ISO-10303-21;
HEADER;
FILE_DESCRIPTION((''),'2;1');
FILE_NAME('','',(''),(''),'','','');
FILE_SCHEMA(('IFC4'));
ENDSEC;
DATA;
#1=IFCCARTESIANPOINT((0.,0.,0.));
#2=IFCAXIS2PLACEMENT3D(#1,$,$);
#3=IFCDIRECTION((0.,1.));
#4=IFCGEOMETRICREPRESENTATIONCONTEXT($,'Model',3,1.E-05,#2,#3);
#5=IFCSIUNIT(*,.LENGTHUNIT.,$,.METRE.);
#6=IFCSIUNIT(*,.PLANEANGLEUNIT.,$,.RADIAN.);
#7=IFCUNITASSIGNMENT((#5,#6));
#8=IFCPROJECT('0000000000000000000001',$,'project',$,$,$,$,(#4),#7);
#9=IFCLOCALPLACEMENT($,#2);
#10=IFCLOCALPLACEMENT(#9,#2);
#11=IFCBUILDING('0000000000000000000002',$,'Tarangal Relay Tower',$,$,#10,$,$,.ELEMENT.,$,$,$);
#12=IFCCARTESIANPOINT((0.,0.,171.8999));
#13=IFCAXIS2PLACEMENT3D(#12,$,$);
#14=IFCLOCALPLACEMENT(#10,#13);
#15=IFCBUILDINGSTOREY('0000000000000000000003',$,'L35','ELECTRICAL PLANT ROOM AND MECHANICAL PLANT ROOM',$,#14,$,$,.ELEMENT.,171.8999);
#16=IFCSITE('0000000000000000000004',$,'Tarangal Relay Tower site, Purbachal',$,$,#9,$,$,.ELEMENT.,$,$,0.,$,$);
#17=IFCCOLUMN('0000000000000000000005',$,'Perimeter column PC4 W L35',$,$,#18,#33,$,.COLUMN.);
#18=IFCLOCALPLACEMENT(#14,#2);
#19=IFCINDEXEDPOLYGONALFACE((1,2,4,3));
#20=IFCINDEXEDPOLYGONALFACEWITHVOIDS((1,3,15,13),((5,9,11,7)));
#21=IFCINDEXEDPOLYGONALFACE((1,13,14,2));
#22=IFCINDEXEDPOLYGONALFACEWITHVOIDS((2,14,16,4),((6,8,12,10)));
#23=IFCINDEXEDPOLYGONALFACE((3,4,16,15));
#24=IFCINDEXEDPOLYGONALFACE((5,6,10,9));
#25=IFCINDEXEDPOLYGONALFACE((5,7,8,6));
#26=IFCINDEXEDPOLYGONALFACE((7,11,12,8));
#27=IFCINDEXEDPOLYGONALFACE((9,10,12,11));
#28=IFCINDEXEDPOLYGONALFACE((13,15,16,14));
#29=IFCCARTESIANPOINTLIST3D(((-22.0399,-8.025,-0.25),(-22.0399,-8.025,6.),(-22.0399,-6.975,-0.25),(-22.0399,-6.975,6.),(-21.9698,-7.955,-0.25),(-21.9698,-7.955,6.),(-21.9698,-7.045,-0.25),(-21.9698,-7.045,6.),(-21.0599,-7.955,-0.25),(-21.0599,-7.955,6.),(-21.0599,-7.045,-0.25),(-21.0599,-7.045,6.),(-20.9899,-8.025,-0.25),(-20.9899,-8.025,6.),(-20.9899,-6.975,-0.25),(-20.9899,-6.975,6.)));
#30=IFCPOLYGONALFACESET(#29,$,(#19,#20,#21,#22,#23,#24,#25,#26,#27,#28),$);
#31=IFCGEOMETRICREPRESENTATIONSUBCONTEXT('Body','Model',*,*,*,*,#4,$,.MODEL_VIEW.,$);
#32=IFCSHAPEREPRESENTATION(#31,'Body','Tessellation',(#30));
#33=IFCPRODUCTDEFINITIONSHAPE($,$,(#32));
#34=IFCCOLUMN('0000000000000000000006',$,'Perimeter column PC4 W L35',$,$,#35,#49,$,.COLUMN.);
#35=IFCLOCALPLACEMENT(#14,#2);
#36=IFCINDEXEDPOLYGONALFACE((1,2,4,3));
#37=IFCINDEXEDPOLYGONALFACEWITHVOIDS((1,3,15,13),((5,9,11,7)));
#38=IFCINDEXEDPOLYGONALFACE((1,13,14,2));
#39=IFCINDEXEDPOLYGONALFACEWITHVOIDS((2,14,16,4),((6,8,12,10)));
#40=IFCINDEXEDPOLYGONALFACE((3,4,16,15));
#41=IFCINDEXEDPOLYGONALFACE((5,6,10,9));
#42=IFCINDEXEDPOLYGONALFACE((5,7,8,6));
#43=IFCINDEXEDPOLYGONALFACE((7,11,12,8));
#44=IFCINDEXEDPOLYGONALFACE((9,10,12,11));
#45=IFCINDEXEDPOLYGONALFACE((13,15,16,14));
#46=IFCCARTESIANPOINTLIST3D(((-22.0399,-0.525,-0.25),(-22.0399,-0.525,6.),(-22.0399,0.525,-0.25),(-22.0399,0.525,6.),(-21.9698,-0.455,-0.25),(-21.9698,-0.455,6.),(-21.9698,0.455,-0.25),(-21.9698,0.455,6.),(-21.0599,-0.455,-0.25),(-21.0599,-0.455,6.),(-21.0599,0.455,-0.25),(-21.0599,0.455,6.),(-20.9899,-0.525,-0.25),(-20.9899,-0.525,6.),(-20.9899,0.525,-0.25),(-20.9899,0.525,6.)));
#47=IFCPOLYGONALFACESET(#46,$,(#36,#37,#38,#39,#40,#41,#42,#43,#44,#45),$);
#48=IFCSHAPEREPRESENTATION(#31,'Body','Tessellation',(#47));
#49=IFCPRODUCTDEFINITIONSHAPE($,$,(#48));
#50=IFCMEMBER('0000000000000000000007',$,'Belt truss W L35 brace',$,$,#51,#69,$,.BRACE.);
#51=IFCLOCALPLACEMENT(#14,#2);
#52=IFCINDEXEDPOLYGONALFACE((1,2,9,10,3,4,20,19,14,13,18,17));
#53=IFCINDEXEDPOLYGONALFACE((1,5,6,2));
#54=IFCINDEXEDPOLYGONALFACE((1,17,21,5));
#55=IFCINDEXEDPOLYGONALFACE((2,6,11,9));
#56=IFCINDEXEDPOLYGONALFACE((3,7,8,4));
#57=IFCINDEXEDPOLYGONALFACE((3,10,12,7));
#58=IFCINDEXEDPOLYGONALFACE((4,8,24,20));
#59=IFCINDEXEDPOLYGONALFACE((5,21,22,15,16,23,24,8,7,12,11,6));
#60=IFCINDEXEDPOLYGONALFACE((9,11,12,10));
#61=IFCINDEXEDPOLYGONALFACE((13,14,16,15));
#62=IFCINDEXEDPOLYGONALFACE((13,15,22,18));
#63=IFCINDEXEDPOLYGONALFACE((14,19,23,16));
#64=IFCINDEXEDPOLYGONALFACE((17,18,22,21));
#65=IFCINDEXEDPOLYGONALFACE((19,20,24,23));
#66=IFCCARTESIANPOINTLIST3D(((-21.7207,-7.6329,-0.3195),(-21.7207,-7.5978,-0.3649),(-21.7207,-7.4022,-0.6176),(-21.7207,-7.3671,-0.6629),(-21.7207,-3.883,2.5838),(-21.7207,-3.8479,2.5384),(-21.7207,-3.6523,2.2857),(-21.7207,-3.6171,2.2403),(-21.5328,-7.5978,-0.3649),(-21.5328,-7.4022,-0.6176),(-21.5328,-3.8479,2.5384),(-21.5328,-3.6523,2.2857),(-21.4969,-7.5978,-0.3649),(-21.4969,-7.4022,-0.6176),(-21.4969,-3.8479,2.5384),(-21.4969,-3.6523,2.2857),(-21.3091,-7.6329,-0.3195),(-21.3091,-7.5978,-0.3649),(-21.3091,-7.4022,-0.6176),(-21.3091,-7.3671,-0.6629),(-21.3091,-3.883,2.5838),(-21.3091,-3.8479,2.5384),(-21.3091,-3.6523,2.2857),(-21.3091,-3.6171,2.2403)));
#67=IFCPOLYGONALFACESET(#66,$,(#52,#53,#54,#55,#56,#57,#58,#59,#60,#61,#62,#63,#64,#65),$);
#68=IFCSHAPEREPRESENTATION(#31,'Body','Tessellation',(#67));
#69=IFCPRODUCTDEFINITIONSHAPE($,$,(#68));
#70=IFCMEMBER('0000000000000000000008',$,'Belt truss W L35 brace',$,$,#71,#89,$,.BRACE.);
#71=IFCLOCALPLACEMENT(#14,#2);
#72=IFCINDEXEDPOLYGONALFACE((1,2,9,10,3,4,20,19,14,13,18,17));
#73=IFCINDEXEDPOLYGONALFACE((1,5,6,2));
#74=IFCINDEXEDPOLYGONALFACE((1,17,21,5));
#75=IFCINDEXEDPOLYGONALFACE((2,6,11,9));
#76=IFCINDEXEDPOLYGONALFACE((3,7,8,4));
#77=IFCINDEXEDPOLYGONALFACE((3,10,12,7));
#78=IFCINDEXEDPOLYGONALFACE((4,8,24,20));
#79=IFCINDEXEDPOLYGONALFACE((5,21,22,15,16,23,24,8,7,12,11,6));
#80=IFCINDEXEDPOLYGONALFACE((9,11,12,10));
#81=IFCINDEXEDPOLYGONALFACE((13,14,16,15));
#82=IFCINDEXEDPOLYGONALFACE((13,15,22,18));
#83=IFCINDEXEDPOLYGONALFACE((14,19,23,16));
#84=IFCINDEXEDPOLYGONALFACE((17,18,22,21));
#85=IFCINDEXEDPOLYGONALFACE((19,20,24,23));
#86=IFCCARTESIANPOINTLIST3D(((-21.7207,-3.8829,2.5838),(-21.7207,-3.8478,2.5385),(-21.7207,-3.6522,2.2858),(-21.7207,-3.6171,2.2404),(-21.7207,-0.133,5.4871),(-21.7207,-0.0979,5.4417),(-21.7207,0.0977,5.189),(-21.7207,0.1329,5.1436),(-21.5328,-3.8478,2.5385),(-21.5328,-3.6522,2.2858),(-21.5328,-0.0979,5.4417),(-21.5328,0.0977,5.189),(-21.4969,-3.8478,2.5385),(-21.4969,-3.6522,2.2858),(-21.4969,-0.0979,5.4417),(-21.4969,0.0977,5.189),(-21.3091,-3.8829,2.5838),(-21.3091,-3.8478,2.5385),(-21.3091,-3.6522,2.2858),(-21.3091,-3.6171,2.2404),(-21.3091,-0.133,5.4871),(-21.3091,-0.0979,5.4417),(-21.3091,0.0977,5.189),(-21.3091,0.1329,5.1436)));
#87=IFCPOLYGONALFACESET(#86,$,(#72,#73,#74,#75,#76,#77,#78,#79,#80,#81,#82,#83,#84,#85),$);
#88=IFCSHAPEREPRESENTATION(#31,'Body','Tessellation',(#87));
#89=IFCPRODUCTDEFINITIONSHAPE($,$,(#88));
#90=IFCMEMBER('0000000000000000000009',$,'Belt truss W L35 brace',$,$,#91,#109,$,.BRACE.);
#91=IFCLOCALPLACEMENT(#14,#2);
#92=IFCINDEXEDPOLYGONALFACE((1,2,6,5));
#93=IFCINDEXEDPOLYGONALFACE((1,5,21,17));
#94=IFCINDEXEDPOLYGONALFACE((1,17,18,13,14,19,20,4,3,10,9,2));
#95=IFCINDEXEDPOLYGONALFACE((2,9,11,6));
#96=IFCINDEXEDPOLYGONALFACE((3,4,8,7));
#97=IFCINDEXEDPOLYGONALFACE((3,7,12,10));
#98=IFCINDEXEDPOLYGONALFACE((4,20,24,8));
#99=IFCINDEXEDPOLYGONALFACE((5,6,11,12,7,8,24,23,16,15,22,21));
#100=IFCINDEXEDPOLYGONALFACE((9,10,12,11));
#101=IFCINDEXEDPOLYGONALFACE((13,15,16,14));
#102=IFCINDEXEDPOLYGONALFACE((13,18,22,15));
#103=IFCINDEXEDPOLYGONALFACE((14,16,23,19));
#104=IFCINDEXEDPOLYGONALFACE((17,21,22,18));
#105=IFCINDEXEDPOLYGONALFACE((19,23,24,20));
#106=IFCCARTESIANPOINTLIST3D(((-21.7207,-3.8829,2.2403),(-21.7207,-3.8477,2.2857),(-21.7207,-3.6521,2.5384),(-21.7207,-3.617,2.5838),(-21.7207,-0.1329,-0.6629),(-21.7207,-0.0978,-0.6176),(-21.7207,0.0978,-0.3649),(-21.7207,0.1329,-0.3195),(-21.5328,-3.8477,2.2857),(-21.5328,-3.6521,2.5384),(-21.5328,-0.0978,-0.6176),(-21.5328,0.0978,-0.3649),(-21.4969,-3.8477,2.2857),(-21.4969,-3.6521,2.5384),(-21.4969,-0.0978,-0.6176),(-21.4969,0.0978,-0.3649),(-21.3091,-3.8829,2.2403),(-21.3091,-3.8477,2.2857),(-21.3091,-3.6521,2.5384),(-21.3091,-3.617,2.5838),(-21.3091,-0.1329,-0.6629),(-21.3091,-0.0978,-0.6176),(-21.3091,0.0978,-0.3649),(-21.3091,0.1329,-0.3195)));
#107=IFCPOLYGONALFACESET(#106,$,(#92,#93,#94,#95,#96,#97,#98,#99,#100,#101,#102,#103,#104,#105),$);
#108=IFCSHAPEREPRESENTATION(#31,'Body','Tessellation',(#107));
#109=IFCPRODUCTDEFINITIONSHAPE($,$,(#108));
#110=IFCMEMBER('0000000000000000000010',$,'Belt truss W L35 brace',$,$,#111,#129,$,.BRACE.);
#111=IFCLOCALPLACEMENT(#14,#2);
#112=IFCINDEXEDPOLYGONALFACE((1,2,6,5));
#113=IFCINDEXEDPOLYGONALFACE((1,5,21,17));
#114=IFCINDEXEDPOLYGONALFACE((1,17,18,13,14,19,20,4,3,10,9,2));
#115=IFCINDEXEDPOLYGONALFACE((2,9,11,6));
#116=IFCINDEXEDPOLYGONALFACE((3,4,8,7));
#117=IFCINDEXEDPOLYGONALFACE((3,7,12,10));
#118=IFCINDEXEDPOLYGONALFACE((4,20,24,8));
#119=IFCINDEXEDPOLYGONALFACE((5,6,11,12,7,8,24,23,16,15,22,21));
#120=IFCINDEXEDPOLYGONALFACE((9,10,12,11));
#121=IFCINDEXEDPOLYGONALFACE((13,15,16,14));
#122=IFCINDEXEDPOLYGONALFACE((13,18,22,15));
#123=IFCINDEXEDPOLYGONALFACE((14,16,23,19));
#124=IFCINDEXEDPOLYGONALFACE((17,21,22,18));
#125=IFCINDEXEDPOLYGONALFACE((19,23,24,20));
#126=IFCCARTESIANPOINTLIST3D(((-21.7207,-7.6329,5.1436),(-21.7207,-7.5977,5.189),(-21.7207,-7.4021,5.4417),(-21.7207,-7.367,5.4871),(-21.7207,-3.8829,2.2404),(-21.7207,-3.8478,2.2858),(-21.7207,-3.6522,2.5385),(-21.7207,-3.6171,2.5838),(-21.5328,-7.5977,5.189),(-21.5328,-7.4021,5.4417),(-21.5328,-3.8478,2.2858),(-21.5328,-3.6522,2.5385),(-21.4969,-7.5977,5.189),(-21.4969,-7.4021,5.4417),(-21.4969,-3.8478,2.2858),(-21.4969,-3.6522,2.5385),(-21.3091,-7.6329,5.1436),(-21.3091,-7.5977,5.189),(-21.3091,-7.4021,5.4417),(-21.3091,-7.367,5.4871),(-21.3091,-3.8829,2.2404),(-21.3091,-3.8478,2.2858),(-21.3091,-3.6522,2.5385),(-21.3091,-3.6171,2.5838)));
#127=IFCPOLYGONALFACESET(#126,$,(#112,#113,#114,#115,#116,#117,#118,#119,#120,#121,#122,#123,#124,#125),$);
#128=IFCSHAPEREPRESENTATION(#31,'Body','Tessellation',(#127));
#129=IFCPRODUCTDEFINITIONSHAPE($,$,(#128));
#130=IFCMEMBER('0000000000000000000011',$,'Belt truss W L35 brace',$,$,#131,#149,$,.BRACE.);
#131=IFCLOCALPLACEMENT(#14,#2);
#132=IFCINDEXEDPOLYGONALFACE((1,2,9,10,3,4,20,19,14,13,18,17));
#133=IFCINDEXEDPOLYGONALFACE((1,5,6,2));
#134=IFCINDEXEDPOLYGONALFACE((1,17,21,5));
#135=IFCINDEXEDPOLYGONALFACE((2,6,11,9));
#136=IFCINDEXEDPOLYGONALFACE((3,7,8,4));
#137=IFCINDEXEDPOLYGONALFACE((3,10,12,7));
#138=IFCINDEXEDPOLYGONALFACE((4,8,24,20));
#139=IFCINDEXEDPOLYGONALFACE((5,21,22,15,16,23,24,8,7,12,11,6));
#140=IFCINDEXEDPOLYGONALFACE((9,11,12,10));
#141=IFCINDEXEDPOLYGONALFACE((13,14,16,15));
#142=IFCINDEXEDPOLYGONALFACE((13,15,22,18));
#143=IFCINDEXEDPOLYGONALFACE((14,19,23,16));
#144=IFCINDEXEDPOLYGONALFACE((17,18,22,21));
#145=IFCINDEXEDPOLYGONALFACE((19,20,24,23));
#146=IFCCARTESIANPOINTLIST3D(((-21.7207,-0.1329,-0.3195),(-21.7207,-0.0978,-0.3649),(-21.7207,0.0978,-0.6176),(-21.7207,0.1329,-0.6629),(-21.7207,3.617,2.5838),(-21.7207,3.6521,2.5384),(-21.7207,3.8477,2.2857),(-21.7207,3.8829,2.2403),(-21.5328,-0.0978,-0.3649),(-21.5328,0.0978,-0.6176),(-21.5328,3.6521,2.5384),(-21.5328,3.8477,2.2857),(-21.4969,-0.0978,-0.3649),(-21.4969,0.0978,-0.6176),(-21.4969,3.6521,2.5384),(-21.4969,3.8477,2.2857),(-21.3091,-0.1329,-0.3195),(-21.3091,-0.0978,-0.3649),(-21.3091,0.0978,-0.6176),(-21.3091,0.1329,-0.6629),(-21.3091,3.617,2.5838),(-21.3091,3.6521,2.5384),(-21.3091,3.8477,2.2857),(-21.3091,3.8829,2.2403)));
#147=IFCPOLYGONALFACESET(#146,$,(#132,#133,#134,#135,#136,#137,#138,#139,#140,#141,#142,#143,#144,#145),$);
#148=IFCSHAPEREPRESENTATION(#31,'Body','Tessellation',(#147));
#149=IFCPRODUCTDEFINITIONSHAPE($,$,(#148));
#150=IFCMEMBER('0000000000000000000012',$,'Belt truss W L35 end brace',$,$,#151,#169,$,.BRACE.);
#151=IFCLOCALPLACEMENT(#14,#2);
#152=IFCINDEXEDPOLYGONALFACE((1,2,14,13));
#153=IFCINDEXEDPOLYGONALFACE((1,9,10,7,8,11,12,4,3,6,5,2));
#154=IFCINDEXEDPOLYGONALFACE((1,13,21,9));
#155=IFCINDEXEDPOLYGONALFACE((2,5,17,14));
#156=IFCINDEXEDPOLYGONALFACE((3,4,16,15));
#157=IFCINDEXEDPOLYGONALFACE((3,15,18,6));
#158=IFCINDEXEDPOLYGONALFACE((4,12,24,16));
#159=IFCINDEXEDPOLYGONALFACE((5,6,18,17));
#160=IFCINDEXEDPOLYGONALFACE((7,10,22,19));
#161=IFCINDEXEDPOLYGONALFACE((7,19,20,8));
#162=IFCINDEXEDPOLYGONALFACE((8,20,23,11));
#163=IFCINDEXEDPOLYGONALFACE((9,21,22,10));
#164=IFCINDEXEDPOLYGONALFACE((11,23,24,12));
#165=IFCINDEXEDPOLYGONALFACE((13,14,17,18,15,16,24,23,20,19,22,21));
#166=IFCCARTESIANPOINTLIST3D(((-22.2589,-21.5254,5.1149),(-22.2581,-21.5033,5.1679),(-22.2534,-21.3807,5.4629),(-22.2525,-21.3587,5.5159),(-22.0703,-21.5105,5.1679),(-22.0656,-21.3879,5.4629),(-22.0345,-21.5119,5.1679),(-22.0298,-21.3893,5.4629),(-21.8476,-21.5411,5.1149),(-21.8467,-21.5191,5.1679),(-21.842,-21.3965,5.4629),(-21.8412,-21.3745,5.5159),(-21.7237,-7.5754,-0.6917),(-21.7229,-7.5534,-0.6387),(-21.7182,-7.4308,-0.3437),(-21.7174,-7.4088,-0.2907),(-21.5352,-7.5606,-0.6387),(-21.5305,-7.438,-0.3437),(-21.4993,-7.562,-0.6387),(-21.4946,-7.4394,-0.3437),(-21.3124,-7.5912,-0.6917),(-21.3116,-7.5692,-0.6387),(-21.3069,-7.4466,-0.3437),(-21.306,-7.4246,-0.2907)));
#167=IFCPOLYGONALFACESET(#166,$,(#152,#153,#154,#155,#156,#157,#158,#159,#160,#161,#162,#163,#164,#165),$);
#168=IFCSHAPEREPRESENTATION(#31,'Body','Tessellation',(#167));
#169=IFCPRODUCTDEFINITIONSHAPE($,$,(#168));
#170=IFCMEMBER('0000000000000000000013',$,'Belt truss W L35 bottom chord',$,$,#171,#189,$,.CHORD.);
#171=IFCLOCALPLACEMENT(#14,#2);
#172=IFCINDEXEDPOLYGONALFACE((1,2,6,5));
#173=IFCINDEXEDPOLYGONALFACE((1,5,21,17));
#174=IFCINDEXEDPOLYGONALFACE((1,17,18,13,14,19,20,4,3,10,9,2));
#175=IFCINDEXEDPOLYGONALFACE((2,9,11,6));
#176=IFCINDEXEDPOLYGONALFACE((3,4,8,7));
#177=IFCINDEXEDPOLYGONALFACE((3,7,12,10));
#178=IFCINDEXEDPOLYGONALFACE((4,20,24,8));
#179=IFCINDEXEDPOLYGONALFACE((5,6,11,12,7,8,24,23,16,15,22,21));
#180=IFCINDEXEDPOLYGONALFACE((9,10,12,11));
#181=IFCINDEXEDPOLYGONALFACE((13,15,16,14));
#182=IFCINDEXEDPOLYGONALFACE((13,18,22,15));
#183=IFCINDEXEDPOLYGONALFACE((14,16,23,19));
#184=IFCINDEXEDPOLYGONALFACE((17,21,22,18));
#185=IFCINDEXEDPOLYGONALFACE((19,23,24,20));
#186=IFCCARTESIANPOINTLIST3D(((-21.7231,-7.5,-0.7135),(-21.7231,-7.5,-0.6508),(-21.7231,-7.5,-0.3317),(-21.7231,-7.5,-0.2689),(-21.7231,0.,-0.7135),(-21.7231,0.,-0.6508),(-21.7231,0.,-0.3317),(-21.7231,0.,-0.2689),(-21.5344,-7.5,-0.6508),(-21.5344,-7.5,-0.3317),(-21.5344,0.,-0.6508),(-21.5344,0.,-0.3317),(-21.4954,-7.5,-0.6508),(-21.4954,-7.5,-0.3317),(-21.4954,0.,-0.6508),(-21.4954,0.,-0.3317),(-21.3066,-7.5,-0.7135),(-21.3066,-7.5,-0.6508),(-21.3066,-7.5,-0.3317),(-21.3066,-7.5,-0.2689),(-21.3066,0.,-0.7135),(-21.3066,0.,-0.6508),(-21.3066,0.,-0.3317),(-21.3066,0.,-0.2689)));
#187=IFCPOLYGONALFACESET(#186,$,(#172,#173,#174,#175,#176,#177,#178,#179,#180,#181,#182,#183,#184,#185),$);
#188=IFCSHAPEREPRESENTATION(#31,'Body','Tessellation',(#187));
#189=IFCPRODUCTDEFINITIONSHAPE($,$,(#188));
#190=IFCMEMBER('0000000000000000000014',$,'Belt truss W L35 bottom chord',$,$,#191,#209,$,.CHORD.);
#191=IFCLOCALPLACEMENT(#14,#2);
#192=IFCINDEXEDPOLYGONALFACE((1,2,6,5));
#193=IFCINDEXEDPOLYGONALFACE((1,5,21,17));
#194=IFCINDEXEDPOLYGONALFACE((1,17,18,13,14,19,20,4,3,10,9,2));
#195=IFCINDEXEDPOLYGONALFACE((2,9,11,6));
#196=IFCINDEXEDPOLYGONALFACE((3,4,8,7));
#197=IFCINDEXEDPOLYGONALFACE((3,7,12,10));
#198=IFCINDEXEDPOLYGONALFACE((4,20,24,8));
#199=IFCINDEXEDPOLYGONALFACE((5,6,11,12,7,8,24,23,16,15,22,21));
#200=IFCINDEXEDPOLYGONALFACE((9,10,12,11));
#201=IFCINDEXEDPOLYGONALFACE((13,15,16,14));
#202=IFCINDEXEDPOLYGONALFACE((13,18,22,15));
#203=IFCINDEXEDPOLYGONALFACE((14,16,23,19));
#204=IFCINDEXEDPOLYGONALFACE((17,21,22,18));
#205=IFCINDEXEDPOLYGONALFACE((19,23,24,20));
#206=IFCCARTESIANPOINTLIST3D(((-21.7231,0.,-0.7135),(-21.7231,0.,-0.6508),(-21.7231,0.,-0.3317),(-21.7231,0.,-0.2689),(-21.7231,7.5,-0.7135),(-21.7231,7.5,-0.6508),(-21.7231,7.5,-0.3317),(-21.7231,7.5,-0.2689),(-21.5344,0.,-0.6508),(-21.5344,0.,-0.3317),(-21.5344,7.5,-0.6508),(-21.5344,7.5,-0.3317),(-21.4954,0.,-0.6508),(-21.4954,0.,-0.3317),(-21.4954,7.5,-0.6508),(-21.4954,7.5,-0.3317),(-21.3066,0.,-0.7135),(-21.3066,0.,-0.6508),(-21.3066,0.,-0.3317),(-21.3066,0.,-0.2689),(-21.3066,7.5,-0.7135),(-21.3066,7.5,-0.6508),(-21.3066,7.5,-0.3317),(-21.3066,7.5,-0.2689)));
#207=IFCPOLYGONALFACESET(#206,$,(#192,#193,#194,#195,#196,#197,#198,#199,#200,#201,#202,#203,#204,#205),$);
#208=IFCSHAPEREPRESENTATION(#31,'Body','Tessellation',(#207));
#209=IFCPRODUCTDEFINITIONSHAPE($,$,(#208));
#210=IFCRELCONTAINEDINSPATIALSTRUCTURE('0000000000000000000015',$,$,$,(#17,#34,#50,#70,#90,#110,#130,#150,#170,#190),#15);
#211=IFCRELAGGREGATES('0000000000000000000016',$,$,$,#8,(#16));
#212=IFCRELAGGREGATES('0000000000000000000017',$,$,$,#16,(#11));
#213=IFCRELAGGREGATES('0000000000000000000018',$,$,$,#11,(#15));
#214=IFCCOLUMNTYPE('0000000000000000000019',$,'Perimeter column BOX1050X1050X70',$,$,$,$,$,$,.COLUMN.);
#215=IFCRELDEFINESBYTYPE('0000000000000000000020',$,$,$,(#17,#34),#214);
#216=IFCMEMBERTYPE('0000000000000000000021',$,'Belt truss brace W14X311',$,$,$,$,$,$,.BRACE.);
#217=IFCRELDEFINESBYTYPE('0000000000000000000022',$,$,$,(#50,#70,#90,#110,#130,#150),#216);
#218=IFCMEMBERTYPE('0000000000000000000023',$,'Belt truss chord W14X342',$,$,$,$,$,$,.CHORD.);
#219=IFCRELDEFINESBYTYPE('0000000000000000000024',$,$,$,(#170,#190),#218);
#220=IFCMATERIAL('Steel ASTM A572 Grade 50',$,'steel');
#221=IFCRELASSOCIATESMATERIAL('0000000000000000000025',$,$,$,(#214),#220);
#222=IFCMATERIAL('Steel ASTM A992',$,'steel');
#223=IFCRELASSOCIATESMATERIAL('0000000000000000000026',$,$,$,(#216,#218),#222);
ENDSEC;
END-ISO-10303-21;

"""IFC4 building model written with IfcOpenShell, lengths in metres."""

from ifc_helpers import new_model, si_unit, direction, frame, origin, origin_2d, place, context, subcontext, project, spatial, hollow_rectangle, i_section, extrude, material, material_profile, profile_set, type_object, element, save


model = new_model("IFC4")

# Units and contexts
model_context = context("Model", 3, precision=1e-05, world=origin(), true_north=direction((0.0, 1.0)))
body_context = subcontext(model_context, "Body", "Model", "MODEL_VIEW")
ifc_project = project(units=[si_unit("LENGTHUNIT", "METRE"), si_unit("PLANEANGLEUNIT", "RADIAN")], contexts=[model_context])

# Site, building, storey
site_placement = place(None, origin())
site = spatial("IfcSite", under=ifc_project, at=site_placement, Name="Tarangal Relay Tower site, Purbachal", CompositionType="ELEMENT", RefElevation=0.0)
building_placement = place(site_placement, origin())
building = spatial("IfcBuilding", under=site, at=building_placement, Name="Tarangal Relay Tower", CompositionType="ELEMENT")
storey_placement = place(building_placement, frame((0.0, 0.0, 171.8999)))
storey = spatial("IfcBuildingStorey", under=building, at=storey_placement, Name="L35", Description="ELECTRICAL PLANT ROOM AND MECHANICAL PLANT ROOM", CompositionType="ELEMENT", Elevation=171.8999)

# Columns
ifc_material_1 = material(Name="Steel ASTM A572 Grade 50", Category="steel")
ifc_material_profile_1 = material_profile(ifc_material_1, hollow_rectangle(XDim=1.05, YDim=1.05, WallThickness=0.0701, at=origin_2d()), Name="BOX1050X1050X70")
ifc_profile_set_1 = profile_set([ifc_material_profile_1], Name="Steel ASTM A572 Grade 50")
column_type = type_object("IfcColumnType", Name="Perimeter column BOX1050X1050X70", PredefinedType="COLUMN", material=ifc_profile_set_1)
for number, where, z_axis, x_axis, name in (
    (1, (-21.5149, -7.5, -0.25), (0.0, 0.0, 1.0), (1.0, 0.0, 0.0), "Perimeter column PC4 W L35"),
    (2, (-21.5149, 0.0, -0.25), (0.0, 0.0, 1.0), (1.0, 0.0, 0.0), "Perimeter column PC4 W L35"),
):
    element("IfcColumn", number, at=place(storey_placement, frame(where, z_axis=z_axis, x_axis=x_axis)), inside=storey, type_object=column_type, Name=name, PredefinedType="COLUMN", context=body_context, shape_type="SweptSolid", body=[
        extrude(hollow_rectangle(XDim=1.05, YDim=1.05, WallThickness=0.0701, at=origin_2d()), origin(), (0.0, 0.0, 1.0), 6.25),
    ])

# Members
ifc_material_2 = material(Name="Steel ASTM A992", Category="steel")
ifc_material_profile_2 = material_profile(ifc_material_2, i_section(OverallWidth=0.4116, OverallDepth=0.4343, WebThickness=0.0359, FlangeThickness=0.0574, at=origin_2d()), Name="W14X311")
ifc_profile_set_2 = profile_set([ifc_material_profile_2], Name="Steel ASTM A992")
member_type_1 = type_object("IfcMemberType", Name="Belt truss brace W14X311", PredefinedType="BRACE", material=ifc_profile_set_2)
for number, where, z_axis, x_axis, name in (
    (3, (-21.5149, -7.5, -0.4912), (0.0, 0.790714, 0.612186), (-1.0, 0.0, 0.0), "Belt truss W L35 brace"),
    (4, (-21.5149, -3.75, 2.4121), (0.0, 0.790714, 0.612186), (-1.0, 0.0, 0.0), "Belt truss W L35 brace"),
    (5, (-21.5149, 0.0, -0.4912), (0.0, -0.790714, 0.612186), (1.0, 0.0, 0.0), "Belt truss W L35 brace"),
    (6, (-21.5149, -3.75, 2.4121), (0.0, -0.790714, 0.612186), (1.0, 0.0, 0.0), "Belt truss W L35 brace"),
    (7, (-21.5149, 0.0, -0.4912), (0.0, 0.790714, 0.612186), (-1.0, 0.0, 0.0), "Belt truss W L35 brace"),
):
    element("IfcMember", number, at=place(storey_placement, frame(where, z_axis=z_axis, x_axis=x_axis)), inside=storey, type_object=member_type_1, Name=name, PredefinedType="BRACE", context=body_context, shape_type="SweptSolid", body=[
        extrude(i_section(OverallWidth=0.4116, OverallDepth=0.4343, WebThickness=0.0359, FlangeThickness=0.0574, at=origin_2d()), origin(), (0.0, 0.0, 1.0), 4.7424),
    ])
member_1_placement = place(storey_placement, frame((-21.5149, -7.5, -0.4912), z_axis=(-0.035395, -0.922636, 0.384045), x_axis=(0.999265, -0.038334, 0.0)))
element("IfcMember", 8, at=member_1_placement, inside=storey, type_object=member_type_1, Name="Belt truss W L35 end brace", PredefinedType="BRACE", context=body_context, shape_type="SweptSolid", body=[
    extrude(i_section(OverallWidth=0.4116, OverallDepth=0.4343, WebThickness=0.0359, FlangeThickness=0.0574, at=origin_2d()), origin(), (0.0, 0.0, 1.0), 15.1196),
])
ifc_material_profile_3 = material_profile(ifc_material_2, i_section(OverallWidth=0.4165, OverallDepth=0.4446, WebThickness=0.0391, FlangeThickness=0.0627, at=origin_2d()), Name="W14X342")
ifc_profile_set_3 = profile_set([ifc_material_profile_3], Name="Steel ASTM A992")
member_type_2 = type_object("IfcMemberType", Name="Belt truss chord W14X342", PredefinedType="CHORD", material=ifc_profile_set_3)
for number, where, z_axis, x_axis, name in (
    (9, (-21.5149, -7.5, -0.4912), (0.0, 1.0, 0.0), (-1.0, 0.0, 0.0), "Belt truss W L35 bottom chord"),
    (10, (-21.5149, 0.0, -0.4912), (0.0, 1.0, 0.0), (-1.0, 0.0, 0.0), "Belt truss W L35 bottom chord"),
):
    element("IfcMember", number, at=place(storey_placement, frame(where, z_axis=z_axis, x_axis=x_axis)), inside=storey, type_object=member_type_2, Name=name, PredefinedType="CHORD", context=body_context, shape_type="SweptSolid", body=[
        extrude(i_section(OverallWidth=0.4165, OverallDepth=0.4446, WebThickness=0.0391, FlangeThickness=0.0627, at=origin_2d()), origin(), (0.0, 0.0, 1.0), 7.5),
    ])

save(model, "model.ifc")
